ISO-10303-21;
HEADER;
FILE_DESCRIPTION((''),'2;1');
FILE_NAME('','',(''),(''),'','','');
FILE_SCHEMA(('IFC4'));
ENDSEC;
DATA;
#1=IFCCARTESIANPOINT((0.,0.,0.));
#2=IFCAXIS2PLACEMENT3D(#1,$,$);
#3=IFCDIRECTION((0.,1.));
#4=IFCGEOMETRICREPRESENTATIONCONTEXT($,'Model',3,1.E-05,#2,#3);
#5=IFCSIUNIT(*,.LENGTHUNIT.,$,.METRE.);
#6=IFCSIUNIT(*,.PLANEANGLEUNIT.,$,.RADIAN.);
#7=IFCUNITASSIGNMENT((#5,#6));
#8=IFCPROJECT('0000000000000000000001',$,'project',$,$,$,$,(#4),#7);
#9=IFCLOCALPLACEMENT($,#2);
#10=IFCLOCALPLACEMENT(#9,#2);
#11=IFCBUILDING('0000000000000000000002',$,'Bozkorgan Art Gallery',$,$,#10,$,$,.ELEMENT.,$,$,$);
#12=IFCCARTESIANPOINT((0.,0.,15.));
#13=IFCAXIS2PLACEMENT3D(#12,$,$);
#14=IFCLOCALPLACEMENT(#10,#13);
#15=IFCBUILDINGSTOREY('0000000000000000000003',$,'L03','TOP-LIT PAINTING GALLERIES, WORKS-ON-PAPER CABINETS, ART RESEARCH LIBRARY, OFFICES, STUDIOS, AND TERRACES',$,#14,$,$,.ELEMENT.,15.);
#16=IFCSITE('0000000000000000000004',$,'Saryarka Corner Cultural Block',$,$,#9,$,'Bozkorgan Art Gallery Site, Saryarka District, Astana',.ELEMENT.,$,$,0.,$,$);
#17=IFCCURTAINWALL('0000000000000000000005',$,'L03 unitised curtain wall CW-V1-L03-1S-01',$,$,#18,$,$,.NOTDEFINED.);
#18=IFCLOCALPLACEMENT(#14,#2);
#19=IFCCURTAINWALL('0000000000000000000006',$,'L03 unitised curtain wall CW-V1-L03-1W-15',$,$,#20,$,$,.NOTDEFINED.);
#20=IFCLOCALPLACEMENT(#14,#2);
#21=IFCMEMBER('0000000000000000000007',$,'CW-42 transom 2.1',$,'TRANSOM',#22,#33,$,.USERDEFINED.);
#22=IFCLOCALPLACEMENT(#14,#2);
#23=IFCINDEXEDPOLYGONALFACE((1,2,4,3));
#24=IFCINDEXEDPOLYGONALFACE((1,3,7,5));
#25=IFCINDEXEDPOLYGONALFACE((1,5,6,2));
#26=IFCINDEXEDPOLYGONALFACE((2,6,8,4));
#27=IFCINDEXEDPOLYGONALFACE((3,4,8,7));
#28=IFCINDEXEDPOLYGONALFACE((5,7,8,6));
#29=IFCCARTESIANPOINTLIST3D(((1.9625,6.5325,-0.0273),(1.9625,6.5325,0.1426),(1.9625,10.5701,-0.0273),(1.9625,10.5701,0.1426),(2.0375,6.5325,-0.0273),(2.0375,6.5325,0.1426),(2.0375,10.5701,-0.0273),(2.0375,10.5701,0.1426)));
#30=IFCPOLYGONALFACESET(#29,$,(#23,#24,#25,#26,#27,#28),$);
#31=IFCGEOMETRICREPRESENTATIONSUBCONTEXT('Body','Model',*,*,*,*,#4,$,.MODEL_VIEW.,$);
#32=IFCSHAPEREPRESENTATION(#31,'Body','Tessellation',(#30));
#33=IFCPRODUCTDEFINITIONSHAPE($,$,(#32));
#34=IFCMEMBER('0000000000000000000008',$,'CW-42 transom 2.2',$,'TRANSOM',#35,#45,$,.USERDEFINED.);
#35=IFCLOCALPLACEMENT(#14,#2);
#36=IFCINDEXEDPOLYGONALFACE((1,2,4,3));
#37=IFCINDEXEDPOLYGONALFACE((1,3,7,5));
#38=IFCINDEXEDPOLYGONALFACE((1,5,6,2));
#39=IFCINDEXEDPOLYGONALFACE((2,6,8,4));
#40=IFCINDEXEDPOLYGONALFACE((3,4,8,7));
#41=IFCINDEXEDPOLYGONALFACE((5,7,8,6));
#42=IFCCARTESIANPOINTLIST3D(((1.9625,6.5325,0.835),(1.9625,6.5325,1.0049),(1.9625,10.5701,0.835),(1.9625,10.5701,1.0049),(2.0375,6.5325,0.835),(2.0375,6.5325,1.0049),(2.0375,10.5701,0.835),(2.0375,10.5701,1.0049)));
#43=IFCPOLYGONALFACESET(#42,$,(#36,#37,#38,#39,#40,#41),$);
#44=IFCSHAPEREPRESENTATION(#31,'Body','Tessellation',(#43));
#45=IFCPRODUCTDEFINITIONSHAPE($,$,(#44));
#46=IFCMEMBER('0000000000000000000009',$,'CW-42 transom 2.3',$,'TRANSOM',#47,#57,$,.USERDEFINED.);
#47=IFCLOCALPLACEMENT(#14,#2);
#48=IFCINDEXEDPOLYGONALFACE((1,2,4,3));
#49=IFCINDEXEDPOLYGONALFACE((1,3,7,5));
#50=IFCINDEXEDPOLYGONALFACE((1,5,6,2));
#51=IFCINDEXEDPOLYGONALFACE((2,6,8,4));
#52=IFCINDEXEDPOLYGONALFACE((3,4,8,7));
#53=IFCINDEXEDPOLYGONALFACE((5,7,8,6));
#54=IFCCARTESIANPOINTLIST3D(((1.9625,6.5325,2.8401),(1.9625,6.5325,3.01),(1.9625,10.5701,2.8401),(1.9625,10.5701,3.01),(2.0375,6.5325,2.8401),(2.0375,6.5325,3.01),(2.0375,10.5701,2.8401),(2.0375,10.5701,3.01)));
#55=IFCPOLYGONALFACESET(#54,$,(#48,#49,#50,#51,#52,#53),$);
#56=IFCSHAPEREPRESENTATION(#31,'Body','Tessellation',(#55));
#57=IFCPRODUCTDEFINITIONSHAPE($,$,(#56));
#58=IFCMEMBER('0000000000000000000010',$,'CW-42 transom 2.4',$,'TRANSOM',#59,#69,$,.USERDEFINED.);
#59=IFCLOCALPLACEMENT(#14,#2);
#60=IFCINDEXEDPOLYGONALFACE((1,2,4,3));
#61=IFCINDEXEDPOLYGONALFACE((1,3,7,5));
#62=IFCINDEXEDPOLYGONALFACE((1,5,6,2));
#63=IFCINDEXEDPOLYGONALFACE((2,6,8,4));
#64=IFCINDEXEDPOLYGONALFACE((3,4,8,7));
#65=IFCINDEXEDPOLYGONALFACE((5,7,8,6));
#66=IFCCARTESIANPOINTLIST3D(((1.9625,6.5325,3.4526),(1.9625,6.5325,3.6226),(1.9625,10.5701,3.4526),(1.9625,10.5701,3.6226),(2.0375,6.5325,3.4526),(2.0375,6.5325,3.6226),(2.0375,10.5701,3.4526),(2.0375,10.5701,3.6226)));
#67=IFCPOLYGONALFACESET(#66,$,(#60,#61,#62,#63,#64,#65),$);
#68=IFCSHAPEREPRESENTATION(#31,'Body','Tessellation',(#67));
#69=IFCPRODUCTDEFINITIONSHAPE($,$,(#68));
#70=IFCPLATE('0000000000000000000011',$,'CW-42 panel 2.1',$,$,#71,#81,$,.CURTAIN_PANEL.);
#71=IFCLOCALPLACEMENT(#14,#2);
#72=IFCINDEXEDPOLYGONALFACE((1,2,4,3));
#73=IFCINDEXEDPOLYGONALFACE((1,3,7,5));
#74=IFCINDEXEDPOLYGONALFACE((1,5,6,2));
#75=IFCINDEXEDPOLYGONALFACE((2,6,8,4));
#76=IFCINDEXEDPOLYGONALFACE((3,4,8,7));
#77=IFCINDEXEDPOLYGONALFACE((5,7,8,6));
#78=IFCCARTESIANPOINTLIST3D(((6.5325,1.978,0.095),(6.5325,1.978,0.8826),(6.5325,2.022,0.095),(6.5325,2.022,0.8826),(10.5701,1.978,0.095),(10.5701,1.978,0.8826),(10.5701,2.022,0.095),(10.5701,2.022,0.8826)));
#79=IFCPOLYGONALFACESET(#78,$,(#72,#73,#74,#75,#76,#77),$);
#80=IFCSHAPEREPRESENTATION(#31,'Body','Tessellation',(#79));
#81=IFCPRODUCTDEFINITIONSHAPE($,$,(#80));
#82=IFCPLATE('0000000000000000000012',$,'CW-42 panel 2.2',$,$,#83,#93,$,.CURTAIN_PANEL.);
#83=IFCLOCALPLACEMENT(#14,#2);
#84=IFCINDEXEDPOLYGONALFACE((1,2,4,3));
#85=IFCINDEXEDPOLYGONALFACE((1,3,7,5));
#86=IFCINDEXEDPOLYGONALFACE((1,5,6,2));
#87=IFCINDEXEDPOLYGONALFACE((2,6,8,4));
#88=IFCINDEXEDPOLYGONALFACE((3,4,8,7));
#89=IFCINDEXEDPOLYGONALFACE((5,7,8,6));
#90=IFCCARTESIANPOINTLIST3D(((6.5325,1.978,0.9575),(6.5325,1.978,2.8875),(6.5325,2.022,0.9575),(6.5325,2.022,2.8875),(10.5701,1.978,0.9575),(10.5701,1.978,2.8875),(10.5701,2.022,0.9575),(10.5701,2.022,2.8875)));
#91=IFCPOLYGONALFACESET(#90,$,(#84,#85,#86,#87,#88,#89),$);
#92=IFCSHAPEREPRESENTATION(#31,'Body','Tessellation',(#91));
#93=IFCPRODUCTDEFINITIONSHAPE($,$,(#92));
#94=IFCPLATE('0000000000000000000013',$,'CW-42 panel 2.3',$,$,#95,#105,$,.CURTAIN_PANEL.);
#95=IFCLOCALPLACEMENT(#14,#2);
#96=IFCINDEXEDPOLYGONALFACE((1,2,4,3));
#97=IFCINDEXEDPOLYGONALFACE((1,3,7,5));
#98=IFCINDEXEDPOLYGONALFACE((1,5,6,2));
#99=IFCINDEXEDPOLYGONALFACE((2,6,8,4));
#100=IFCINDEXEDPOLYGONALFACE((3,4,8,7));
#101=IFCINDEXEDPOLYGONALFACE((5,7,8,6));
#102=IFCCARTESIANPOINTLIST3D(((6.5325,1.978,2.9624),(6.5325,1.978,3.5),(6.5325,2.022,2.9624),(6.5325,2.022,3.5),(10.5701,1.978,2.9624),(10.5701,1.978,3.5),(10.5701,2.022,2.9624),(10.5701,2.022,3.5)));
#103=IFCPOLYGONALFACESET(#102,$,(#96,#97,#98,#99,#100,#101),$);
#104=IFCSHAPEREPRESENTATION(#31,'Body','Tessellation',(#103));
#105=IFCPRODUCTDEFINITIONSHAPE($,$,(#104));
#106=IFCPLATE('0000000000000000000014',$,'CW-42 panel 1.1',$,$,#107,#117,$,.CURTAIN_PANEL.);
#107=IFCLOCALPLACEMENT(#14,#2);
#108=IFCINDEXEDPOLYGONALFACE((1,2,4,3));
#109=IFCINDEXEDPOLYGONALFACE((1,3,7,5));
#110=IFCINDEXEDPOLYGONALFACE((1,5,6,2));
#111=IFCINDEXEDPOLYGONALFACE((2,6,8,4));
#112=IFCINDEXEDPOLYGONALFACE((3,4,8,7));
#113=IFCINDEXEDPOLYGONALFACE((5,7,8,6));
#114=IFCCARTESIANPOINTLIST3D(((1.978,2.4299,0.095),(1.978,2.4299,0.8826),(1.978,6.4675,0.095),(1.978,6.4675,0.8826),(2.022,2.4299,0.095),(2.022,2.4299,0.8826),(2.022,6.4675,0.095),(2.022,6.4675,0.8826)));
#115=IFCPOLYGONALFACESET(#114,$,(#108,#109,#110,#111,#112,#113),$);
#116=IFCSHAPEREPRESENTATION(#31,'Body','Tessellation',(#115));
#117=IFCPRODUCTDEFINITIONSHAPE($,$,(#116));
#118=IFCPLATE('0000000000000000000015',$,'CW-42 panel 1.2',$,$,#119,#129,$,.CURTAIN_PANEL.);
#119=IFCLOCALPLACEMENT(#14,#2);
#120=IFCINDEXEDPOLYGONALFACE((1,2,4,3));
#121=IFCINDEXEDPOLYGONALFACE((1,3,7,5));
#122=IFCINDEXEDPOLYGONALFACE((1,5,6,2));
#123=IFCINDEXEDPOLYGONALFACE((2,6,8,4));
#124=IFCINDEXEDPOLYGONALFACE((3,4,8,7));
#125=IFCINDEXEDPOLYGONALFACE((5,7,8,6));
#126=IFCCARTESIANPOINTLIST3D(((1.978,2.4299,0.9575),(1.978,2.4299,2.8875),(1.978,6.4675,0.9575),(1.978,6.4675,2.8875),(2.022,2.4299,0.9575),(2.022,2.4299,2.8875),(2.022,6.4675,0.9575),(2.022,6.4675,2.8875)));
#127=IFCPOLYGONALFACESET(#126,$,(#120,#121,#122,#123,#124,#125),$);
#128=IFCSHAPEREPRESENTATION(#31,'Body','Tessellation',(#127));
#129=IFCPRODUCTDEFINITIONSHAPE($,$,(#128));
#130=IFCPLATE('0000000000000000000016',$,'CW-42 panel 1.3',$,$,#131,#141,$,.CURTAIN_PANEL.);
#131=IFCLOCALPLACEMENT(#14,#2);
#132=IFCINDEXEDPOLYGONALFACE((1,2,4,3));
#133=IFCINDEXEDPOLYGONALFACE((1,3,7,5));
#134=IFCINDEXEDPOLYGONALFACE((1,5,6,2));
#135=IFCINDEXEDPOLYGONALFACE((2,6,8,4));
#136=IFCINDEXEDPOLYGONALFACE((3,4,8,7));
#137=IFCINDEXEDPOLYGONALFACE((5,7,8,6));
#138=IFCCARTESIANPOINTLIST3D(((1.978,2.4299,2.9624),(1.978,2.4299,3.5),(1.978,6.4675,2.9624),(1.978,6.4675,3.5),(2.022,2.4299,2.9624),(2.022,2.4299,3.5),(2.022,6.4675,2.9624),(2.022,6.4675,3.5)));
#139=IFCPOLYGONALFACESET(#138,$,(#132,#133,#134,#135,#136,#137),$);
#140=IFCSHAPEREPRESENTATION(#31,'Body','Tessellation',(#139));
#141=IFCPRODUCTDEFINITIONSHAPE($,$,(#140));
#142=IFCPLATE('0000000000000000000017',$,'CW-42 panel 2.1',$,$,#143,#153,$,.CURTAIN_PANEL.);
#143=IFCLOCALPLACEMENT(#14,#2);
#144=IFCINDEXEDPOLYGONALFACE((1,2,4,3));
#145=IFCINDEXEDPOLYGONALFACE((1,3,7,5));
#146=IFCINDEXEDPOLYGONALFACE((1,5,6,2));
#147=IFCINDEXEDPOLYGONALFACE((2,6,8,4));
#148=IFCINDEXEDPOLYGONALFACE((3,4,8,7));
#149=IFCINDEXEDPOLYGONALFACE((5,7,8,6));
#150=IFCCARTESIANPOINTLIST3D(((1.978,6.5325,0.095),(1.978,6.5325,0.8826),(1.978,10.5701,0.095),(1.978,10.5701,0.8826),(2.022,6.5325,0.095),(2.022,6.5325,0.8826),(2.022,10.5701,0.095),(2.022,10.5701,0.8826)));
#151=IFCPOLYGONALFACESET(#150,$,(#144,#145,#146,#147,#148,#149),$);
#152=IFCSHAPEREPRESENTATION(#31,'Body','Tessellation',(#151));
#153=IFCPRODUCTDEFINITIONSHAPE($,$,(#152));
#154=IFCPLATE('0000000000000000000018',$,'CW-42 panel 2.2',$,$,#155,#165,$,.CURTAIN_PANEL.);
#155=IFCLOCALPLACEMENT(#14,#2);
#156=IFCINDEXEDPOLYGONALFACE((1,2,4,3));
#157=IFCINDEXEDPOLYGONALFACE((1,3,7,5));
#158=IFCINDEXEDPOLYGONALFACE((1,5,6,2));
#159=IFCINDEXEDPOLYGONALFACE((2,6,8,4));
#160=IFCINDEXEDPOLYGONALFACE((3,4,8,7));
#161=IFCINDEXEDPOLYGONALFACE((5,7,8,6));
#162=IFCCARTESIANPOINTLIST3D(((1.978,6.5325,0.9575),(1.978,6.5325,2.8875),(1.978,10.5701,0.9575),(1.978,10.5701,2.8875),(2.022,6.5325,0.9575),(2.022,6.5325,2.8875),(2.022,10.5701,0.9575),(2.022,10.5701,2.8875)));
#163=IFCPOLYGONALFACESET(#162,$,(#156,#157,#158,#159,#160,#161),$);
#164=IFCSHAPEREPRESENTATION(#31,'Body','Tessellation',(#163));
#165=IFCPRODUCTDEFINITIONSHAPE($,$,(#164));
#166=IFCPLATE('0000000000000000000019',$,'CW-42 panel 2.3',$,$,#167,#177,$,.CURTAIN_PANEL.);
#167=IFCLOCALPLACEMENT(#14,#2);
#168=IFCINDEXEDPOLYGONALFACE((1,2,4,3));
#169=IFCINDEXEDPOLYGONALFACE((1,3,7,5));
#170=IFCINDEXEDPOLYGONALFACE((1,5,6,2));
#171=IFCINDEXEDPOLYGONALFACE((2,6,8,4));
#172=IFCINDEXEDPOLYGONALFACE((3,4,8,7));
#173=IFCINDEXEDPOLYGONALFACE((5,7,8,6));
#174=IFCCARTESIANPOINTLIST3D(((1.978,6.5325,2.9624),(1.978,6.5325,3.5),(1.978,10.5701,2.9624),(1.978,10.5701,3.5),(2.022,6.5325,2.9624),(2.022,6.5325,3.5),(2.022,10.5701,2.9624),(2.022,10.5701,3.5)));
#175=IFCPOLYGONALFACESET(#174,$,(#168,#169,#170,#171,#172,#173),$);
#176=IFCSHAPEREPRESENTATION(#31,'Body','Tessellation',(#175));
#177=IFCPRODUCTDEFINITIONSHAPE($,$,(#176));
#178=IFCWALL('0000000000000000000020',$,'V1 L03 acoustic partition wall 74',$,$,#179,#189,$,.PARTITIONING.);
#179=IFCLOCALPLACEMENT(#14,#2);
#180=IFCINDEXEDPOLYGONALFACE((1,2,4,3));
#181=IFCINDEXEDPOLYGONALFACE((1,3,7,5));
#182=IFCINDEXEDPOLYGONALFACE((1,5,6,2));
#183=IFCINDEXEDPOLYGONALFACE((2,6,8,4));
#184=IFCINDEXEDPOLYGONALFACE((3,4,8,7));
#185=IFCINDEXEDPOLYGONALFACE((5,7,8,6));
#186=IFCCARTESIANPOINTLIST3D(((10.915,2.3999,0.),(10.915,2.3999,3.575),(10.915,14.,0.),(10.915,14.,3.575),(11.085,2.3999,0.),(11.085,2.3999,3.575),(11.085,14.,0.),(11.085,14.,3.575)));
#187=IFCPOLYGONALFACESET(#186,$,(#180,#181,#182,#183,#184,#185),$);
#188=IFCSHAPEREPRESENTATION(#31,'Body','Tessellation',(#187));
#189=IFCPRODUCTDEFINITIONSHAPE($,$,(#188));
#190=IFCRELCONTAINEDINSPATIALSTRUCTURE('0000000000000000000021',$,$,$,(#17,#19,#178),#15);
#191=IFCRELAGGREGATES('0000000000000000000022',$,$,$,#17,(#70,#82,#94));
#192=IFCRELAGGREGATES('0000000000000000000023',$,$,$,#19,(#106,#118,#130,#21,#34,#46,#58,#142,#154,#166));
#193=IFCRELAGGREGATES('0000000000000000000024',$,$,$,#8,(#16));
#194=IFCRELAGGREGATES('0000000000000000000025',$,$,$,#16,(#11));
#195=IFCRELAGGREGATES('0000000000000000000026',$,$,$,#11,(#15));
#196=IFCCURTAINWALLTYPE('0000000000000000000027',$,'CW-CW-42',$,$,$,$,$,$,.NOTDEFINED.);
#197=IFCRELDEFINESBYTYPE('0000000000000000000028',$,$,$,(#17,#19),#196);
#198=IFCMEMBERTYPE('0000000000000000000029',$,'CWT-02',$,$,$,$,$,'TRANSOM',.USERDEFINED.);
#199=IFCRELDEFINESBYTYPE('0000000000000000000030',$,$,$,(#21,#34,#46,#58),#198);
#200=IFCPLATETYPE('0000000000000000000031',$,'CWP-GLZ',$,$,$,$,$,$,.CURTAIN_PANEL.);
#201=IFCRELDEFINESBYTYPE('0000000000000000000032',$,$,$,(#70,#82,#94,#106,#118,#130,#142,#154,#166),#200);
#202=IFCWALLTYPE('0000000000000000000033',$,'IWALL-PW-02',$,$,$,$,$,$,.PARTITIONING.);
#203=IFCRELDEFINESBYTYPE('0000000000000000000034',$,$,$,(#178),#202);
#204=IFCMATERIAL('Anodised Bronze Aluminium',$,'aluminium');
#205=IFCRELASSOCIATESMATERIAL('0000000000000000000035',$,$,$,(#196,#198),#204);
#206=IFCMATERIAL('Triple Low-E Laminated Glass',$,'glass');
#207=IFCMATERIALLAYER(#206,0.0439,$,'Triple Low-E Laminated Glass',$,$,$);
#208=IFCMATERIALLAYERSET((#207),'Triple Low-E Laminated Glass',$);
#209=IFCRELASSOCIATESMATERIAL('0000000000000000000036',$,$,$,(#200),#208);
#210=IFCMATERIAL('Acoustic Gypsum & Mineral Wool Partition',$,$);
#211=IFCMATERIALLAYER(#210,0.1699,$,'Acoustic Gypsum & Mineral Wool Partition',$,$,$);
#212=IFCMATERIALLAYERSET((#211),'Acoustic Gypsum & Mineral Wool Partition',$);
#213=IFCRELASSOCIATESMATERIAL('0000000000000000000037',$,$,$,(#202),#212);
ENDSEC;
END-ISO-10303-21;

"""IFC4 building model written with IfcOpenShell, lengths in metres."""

from ifc_helpers import new_model, si_unit, direction, frame, frame_2d, origin, origin_2d, place, context, subcontext, project, spatial, rectangle, extrude, material, layer, layer_set, material_profile, profile_set, type_object, element, aggregate, save


model = new_model("IFC4")

# Units and contexts
model_context = context("Model", 3, precision=1e-05, world=origin(), true_north=direction((0.0, 1.0)))
body_context = subcontext(model_context, "Body", "Model", "MODEL_VIEW")
ifc_project = project(units=[si_unit("LENGTHUNIT", "METRE"), si_unit("PLANEANGLEUNIT", "RADIAN")], contexts=[model_context])

# Site, building, storey
site_placement = place(None, origin())
site = spatial("IfcSite", under=ifc_project, at=site_placement, Name="Saryarka Corner Cultural Block", LongName="Bozkorgan Art Gallery Site, Saryarka District, Astana", CompositionType="ELEMENT", RefElevation=0.0)
building_placement = place(site_placement, origin())
building = spatial("IfcBuilding", under=site, at=building_placement, Name="Bozkorgan Art Gallery", CompositionType="ELEMENT")
storey_placement = place(building_placement, frame((0.0, 0.0, 15.0)))
storey = spatial("IfcBuildingStorey", under=building, at=storey_placement, Name="L03", Description="TOP-LIT PAINTING GALLERIES, WORKS-ON-PAPER CABINETS, ART RESEARCH LIBRARY, OFFICES, STUDIOS, AND TERRACES", CompositionType="ELEMENT", Elevation=15.0)

# Curtain wall
ifc_material_1 = material(Name="Anodised Bronze Aluminium", Category="aluminium")
curtain_wall_type = type_object("IfcCurtainWallType", Name="CW-CW-42", PredefinedType="NOTDEFINED", material=ifc_material_1)
curtain_wall_1_placement = place(storey_placement, origin())
curtain_wall_1 = element("IfcCurtainWall", 1, at=curtain_wall_1_placement, inside=storey, type_object=curtain_wall_type, Name="L03 unitised curtain wall CW-V1-L03-1S-01", PredefinedType="NOTDEFINED")

# Curtain wall, members
curtain_wall_2_placement = place(storey_placement, origin())
curtain_wall_2 = element("IfcCurtainWall", 2, at=curtain_wall_2_placement, inside=storey, type_object=curtain_wall_type, Name="L03 unitised curtain wall CW-V1-L03-1W-15", PredefinedType="NOTDEFINED")
ifc_material_profile_1 = material_profile(ifc_material_1, rectangle(XDim=0.075, YDim=0.1699, at=origin_2d()), Name="ALU TRANSOM 75x170")
ifc_profile_set_1 = profile_set([ifc_material_profile_1], Name="Anodised Bronze Aluminium")
member_type_1 = type_object("IfcMemberType", Name="CWT-02", ElementType="TRANSOM", PredefinedType="USERDEFINED", material=ifc_profile_set_1)
member_1_placement = place(storey_placement, frame((2.0, 6.5325, 0.0576), z_axis=(0.0, 1.0, 0.0), x_axis=(-1.0, 0.0, 0.0)))
member_1 = element("IfcMember", 3, at=member_1_placement, type_object=member_type_1, Name="CW-42 transom 2.1", ObjectType="TRANSOM", PredefinedType="USERDEFINED", context=body_context, shape_type="SweptSolid", body=[
    extrude(rectangle(XDim=0.075, YDim=0.1699, at=origin_2d()), origin(), (0.0, 0.0, 1.0), 4.0376),
])
member_2_placement = place(storey_placement, frame((2.0, 6.5325, 0.9199), z_axis=(0.0, 1.0, 0.0), x_axis=(-1.0, 0.0, 0.0)))
member_2 = element("IfcMember", 4, at=member_2_placement, type_object=member_type_1, Name="CW-42 transom 2.2", ObjectType="TRANSOM", PredefinedType="USERDEFINED", context=body_context, shape_type="SweptSolid", body=[
    extrude(rectangle(XDim=0.075, YDim=0.1699, at=origin_2d()), origin(), (0.0, 0.0, 1.0), 4.0376),
])
member_3_placement = place(storey_placement, frame((2.0, 6.5325, 2.925), z_axis=(0.0, 1.0, 0.0), x_axis=(-1.0, 0.0, 0.0)))
member_3 = element("IfcMember", 5, at=member_3_placement, type_object=member_type_1, Name="CW-42 transom 2.3", ObjectType="TRANSOM", PredefinedType="USERDEFINED", context=body_context, shape_type="SweptSolid", body=[
    extrude(rectangle(XDim=0.075, YDim=0.1699, at=origin_2d()), origin(), (0.0, 0.0, 1.0), 4.0376),
])
member_4_placement = place(storey_placement, frame((2.0, 6.5325, 3.5376), z_axis=(0.0, 1.0, 0.0), x_axis=(-1.0, 0.0, 0.0)))
member_4 = element("IfcMember", 6, at=member_4_placement, type_object=member_type_1, Name="CW-42 transom 2.4", ObjectType="TRANSOM", PredefinedType="USERDEFINED", context=body_context, shape_type="SweptSolid", body=[
    extrude(rectangle(XDim=0.075, YDim=0.1699, at=origin_2d()), origin(), (0.0, 0.0, 1.0), 4.0376),
])

# Plates
ifc_material_2 = material(Name="Triple Low-E Laminated Glass", Category="glass")
ifc_layer_1 = layer(ifc_material_2, 0.0439, Name="Triple Low-E Laminated Glass")
ifc_layer_set_1 = layer_set([ifc_layer_1], Name="Triple Low-E Laminated Glass")
plate_type = type_object("IfcPlateType", Name="CWP-GLZ", PredefinedType="CURTAIN_PANEL", material=ifc_layer_set_1)
plate_1_placement = place(storey_placement, frame((8.5513, 2.0, 0.095), z_axis=(0.0, 0.0, 1.0), x_axis=(1.0, 0.0, 0.0)))
plate_1 = element("IfcPlate", 7, at=plate_1_placement, type_object=plate_type, Name="CW-42 panel 2.1", PredefinedType="CURTAIN_PANEL", context=body_context, shape_type="SweptSolid", body=[
    extrude(rectangle(XDim=4.0376, YDim=0.0439, at=origin_2d()), origin(), (0.0, 0.0, 1.0), 0.7876),
])
plate_2_placement = place(storey_placement, frame((8.5513, 2.0, 0.9575), z_axis=(0.0, 0.0, 1.0), x_axis=(1.0, 0.0, 0.0)))
plate_2 = element("IfcPlate", 8, at=plate_2_placement, type_object=plate_type, Name="CW-42 panel 2.2", PredefinedType="CURTAIN_PANEL", context=body_context, shape_type="SweptSolid", body=[
    extrude(rectangle(XDim=4.0376, YDim=0.0439, at=origin_2d()), origin(), (0.0, 0.0, 1.0), 1.9299),
])
plate_3_placement = place(storey_placement, frame((8.5513, 2.0, 2.9624), z_axis=(0.0, 0.0, 1.0), x_axis=(1.0, 0.0, 0.0)))
plate_3 = element("IfcPlate", 9, at=plate_3_placement, type_object=plate_type, Name="CW-42 panel 2.3", PredefinedType="CURTAIN_PANEL", context=body_context, shape_type="SweptSolid", body=[
    extrude(rectangle(XDim=4.0376, YDim=0.0439, at=origin_2d()), origin(), (0.0, 0.0, 1.0), 0.5376),
])
aggregate(curtain_wall_1, [plate_1, plate_2, plate_3])
plate_4_placement = place(storey_placement, frame((2.0, 4.4487, 0.095), z_axis=(0.0, 0.0, 1.0), x_axis=(0.0, 1.0, 0.0)))
plate_4 = element("IfcPlate", 10, at=plate_4_placement, type_object=plate_type, Name="CW-42 panel 1.1", PredefinedType="CURTAIN_PANEL", context=body_context, shape_type="SweptSolid", body=[
    extrude(rectangle(XDim=4.0376, YDim=0.0439, at=origin_2d()), origin(), (0.0, 0.0, 1.0), 0.7876),
])
plate_5_placement = place(storey_placement, frame((2.0, 4.4487, 0.9575), z_axis=(0.0, 0.0, 1.0), x_axis=(0.0, 1.0, 0.0)))
plate_5 = element("IfcPlate", 11, at=plate_5_placement, type_object=plate_type, Name="CW-42 panel 1.2", PredefinedType="CURTAIN_PANEL", context=body_context, shape_type="SweptSolid", body=[
    extrude(rectangle(XDim=4.0376, YDim=0.0439, at=origin_2d()), origin(), (0.0, 0.0, 1.0), 1.9299),
])
plate_6_placement = place(storey_placement, frame((2.0, 4.4487, 2.9624), z_axis=(0.0, 0.0, 1.0), x_axis=(0.0, 1.0, 0.0)))
plate_6 = element("IfcPlate", 12, at=plate_6_placement, type_object=plate_type, Name="CW-42 panel 1.3", PredefinedType="CURTAIN_PANEL", context=body_context, shape_type="SweptSolid", body=[
    extrude(rectangle(XDim=4.0376, YDim=0.0439, at=origin_2d()), origin(), (0.0, 0.0, 1.0), 0.5376),
])
plate_7_placement = place(storey_placement, frame((2.0, 8.5513, 0.095), z_axis=(0.0, 0.0, 1.0), x_axis=(0.0, 1.0, 0.0)))
plate_7 = element("IfcPlate", 13, at=plate_7_placement, type_object=plate_type, Name="CW-42 panel 2.1", PredefinedType="CURTAIN_PANEL", context=body_context, shape_type="SweptSolid", body=[
    extrude(rectangle(XDim=4.0376, YDim=0.0439, at=origin_2d()), origin(), (0.0, 0.0, 1.0), 0.7876),
])
plate_8_placement = place(storey_placement, frame((2.0, 8.5513, 0.9575), z_axis=(0.0, 0.0, 1.0), x_axis=(0.0, 1.0, 0.0)))
plate_8 = element("IfcPlate", 14, at=plate_8_placement, type_object=plate_type, Name="CW-42 panel 2.2", PredefinedType="CURTAIN_PANEL", context=body_context, shape_type="SweptSolid", body=[
    extrude(rectangle(XDim=4.0376, YDim=0.0439, at=origin_2d()), origin(), (0.0, 0.0, 1.0), 1.9299),
])
plate_9_placement = place(storey_placement, frame((2.0, 8.5513, 2.9624), z_axis=(0.0, 0.0, 1.0), x_axis=(0.0, 1.0, 0.0)))
plate_9 = element("IfcPlate", 15, at=plate_9_placement, type_object=plate_type, Name="CW-42 panel 2.3", PredefinedType="CURTAIN_PANEL", context=body_context, shape_type="SweptSolid", body=[
    extrude(rectangle(XDim=4.0376, YDim=0.0439, at=origin_2d()), origin(), (0.0, 0.0, 1.0), 0.5376),
])
aggregate(curtain_wall_2, [plate_4, plate_5, plate_6, member_1, member_2, member_3, member_4, plate_7, plate_8, plate_9])

# Wall
ifc_material_3 = material(Name="Acoustic Gypsum & Mineral Wool Partition")
ifc_layer_2 = layer(ifc_material_3, 0.1699, Name="Acoustic Gypsum & Mineral Wool Partition")
ifc_layer_set_2 = layer_set([ifc_layer_2], Name="Acoustic Gypsum & Mineral Wool Partition")
wall_type = type_object("IfcWallType", Name="IWALL-PW-02", PredefinedType="PARTITIONING", material=ifc_layer_set_2)
wall_placement = place(storey_placement, frame((11.0, 2.3999, 0.0), z_axis=(0.0, 0.0, 1.0), x_axis=(0.0, 1.0, 0.0)))
element("IfcWall", 16, at=wall_placement, inside=storey, type_object=wall_type, Name="V1 L03 acoustic partition wall 74", PredefinedType="PARTITIONING", context=body_context, shape_type="SweptSolid", body=[
    extrude(rectangle(XDim=11.6001, YDim=0.1699, at=frame_2d((5.8, 0.0))), origin(), (0.0, 0.0, 1.0), 3.575),
])

save(model, "model.ifc")
